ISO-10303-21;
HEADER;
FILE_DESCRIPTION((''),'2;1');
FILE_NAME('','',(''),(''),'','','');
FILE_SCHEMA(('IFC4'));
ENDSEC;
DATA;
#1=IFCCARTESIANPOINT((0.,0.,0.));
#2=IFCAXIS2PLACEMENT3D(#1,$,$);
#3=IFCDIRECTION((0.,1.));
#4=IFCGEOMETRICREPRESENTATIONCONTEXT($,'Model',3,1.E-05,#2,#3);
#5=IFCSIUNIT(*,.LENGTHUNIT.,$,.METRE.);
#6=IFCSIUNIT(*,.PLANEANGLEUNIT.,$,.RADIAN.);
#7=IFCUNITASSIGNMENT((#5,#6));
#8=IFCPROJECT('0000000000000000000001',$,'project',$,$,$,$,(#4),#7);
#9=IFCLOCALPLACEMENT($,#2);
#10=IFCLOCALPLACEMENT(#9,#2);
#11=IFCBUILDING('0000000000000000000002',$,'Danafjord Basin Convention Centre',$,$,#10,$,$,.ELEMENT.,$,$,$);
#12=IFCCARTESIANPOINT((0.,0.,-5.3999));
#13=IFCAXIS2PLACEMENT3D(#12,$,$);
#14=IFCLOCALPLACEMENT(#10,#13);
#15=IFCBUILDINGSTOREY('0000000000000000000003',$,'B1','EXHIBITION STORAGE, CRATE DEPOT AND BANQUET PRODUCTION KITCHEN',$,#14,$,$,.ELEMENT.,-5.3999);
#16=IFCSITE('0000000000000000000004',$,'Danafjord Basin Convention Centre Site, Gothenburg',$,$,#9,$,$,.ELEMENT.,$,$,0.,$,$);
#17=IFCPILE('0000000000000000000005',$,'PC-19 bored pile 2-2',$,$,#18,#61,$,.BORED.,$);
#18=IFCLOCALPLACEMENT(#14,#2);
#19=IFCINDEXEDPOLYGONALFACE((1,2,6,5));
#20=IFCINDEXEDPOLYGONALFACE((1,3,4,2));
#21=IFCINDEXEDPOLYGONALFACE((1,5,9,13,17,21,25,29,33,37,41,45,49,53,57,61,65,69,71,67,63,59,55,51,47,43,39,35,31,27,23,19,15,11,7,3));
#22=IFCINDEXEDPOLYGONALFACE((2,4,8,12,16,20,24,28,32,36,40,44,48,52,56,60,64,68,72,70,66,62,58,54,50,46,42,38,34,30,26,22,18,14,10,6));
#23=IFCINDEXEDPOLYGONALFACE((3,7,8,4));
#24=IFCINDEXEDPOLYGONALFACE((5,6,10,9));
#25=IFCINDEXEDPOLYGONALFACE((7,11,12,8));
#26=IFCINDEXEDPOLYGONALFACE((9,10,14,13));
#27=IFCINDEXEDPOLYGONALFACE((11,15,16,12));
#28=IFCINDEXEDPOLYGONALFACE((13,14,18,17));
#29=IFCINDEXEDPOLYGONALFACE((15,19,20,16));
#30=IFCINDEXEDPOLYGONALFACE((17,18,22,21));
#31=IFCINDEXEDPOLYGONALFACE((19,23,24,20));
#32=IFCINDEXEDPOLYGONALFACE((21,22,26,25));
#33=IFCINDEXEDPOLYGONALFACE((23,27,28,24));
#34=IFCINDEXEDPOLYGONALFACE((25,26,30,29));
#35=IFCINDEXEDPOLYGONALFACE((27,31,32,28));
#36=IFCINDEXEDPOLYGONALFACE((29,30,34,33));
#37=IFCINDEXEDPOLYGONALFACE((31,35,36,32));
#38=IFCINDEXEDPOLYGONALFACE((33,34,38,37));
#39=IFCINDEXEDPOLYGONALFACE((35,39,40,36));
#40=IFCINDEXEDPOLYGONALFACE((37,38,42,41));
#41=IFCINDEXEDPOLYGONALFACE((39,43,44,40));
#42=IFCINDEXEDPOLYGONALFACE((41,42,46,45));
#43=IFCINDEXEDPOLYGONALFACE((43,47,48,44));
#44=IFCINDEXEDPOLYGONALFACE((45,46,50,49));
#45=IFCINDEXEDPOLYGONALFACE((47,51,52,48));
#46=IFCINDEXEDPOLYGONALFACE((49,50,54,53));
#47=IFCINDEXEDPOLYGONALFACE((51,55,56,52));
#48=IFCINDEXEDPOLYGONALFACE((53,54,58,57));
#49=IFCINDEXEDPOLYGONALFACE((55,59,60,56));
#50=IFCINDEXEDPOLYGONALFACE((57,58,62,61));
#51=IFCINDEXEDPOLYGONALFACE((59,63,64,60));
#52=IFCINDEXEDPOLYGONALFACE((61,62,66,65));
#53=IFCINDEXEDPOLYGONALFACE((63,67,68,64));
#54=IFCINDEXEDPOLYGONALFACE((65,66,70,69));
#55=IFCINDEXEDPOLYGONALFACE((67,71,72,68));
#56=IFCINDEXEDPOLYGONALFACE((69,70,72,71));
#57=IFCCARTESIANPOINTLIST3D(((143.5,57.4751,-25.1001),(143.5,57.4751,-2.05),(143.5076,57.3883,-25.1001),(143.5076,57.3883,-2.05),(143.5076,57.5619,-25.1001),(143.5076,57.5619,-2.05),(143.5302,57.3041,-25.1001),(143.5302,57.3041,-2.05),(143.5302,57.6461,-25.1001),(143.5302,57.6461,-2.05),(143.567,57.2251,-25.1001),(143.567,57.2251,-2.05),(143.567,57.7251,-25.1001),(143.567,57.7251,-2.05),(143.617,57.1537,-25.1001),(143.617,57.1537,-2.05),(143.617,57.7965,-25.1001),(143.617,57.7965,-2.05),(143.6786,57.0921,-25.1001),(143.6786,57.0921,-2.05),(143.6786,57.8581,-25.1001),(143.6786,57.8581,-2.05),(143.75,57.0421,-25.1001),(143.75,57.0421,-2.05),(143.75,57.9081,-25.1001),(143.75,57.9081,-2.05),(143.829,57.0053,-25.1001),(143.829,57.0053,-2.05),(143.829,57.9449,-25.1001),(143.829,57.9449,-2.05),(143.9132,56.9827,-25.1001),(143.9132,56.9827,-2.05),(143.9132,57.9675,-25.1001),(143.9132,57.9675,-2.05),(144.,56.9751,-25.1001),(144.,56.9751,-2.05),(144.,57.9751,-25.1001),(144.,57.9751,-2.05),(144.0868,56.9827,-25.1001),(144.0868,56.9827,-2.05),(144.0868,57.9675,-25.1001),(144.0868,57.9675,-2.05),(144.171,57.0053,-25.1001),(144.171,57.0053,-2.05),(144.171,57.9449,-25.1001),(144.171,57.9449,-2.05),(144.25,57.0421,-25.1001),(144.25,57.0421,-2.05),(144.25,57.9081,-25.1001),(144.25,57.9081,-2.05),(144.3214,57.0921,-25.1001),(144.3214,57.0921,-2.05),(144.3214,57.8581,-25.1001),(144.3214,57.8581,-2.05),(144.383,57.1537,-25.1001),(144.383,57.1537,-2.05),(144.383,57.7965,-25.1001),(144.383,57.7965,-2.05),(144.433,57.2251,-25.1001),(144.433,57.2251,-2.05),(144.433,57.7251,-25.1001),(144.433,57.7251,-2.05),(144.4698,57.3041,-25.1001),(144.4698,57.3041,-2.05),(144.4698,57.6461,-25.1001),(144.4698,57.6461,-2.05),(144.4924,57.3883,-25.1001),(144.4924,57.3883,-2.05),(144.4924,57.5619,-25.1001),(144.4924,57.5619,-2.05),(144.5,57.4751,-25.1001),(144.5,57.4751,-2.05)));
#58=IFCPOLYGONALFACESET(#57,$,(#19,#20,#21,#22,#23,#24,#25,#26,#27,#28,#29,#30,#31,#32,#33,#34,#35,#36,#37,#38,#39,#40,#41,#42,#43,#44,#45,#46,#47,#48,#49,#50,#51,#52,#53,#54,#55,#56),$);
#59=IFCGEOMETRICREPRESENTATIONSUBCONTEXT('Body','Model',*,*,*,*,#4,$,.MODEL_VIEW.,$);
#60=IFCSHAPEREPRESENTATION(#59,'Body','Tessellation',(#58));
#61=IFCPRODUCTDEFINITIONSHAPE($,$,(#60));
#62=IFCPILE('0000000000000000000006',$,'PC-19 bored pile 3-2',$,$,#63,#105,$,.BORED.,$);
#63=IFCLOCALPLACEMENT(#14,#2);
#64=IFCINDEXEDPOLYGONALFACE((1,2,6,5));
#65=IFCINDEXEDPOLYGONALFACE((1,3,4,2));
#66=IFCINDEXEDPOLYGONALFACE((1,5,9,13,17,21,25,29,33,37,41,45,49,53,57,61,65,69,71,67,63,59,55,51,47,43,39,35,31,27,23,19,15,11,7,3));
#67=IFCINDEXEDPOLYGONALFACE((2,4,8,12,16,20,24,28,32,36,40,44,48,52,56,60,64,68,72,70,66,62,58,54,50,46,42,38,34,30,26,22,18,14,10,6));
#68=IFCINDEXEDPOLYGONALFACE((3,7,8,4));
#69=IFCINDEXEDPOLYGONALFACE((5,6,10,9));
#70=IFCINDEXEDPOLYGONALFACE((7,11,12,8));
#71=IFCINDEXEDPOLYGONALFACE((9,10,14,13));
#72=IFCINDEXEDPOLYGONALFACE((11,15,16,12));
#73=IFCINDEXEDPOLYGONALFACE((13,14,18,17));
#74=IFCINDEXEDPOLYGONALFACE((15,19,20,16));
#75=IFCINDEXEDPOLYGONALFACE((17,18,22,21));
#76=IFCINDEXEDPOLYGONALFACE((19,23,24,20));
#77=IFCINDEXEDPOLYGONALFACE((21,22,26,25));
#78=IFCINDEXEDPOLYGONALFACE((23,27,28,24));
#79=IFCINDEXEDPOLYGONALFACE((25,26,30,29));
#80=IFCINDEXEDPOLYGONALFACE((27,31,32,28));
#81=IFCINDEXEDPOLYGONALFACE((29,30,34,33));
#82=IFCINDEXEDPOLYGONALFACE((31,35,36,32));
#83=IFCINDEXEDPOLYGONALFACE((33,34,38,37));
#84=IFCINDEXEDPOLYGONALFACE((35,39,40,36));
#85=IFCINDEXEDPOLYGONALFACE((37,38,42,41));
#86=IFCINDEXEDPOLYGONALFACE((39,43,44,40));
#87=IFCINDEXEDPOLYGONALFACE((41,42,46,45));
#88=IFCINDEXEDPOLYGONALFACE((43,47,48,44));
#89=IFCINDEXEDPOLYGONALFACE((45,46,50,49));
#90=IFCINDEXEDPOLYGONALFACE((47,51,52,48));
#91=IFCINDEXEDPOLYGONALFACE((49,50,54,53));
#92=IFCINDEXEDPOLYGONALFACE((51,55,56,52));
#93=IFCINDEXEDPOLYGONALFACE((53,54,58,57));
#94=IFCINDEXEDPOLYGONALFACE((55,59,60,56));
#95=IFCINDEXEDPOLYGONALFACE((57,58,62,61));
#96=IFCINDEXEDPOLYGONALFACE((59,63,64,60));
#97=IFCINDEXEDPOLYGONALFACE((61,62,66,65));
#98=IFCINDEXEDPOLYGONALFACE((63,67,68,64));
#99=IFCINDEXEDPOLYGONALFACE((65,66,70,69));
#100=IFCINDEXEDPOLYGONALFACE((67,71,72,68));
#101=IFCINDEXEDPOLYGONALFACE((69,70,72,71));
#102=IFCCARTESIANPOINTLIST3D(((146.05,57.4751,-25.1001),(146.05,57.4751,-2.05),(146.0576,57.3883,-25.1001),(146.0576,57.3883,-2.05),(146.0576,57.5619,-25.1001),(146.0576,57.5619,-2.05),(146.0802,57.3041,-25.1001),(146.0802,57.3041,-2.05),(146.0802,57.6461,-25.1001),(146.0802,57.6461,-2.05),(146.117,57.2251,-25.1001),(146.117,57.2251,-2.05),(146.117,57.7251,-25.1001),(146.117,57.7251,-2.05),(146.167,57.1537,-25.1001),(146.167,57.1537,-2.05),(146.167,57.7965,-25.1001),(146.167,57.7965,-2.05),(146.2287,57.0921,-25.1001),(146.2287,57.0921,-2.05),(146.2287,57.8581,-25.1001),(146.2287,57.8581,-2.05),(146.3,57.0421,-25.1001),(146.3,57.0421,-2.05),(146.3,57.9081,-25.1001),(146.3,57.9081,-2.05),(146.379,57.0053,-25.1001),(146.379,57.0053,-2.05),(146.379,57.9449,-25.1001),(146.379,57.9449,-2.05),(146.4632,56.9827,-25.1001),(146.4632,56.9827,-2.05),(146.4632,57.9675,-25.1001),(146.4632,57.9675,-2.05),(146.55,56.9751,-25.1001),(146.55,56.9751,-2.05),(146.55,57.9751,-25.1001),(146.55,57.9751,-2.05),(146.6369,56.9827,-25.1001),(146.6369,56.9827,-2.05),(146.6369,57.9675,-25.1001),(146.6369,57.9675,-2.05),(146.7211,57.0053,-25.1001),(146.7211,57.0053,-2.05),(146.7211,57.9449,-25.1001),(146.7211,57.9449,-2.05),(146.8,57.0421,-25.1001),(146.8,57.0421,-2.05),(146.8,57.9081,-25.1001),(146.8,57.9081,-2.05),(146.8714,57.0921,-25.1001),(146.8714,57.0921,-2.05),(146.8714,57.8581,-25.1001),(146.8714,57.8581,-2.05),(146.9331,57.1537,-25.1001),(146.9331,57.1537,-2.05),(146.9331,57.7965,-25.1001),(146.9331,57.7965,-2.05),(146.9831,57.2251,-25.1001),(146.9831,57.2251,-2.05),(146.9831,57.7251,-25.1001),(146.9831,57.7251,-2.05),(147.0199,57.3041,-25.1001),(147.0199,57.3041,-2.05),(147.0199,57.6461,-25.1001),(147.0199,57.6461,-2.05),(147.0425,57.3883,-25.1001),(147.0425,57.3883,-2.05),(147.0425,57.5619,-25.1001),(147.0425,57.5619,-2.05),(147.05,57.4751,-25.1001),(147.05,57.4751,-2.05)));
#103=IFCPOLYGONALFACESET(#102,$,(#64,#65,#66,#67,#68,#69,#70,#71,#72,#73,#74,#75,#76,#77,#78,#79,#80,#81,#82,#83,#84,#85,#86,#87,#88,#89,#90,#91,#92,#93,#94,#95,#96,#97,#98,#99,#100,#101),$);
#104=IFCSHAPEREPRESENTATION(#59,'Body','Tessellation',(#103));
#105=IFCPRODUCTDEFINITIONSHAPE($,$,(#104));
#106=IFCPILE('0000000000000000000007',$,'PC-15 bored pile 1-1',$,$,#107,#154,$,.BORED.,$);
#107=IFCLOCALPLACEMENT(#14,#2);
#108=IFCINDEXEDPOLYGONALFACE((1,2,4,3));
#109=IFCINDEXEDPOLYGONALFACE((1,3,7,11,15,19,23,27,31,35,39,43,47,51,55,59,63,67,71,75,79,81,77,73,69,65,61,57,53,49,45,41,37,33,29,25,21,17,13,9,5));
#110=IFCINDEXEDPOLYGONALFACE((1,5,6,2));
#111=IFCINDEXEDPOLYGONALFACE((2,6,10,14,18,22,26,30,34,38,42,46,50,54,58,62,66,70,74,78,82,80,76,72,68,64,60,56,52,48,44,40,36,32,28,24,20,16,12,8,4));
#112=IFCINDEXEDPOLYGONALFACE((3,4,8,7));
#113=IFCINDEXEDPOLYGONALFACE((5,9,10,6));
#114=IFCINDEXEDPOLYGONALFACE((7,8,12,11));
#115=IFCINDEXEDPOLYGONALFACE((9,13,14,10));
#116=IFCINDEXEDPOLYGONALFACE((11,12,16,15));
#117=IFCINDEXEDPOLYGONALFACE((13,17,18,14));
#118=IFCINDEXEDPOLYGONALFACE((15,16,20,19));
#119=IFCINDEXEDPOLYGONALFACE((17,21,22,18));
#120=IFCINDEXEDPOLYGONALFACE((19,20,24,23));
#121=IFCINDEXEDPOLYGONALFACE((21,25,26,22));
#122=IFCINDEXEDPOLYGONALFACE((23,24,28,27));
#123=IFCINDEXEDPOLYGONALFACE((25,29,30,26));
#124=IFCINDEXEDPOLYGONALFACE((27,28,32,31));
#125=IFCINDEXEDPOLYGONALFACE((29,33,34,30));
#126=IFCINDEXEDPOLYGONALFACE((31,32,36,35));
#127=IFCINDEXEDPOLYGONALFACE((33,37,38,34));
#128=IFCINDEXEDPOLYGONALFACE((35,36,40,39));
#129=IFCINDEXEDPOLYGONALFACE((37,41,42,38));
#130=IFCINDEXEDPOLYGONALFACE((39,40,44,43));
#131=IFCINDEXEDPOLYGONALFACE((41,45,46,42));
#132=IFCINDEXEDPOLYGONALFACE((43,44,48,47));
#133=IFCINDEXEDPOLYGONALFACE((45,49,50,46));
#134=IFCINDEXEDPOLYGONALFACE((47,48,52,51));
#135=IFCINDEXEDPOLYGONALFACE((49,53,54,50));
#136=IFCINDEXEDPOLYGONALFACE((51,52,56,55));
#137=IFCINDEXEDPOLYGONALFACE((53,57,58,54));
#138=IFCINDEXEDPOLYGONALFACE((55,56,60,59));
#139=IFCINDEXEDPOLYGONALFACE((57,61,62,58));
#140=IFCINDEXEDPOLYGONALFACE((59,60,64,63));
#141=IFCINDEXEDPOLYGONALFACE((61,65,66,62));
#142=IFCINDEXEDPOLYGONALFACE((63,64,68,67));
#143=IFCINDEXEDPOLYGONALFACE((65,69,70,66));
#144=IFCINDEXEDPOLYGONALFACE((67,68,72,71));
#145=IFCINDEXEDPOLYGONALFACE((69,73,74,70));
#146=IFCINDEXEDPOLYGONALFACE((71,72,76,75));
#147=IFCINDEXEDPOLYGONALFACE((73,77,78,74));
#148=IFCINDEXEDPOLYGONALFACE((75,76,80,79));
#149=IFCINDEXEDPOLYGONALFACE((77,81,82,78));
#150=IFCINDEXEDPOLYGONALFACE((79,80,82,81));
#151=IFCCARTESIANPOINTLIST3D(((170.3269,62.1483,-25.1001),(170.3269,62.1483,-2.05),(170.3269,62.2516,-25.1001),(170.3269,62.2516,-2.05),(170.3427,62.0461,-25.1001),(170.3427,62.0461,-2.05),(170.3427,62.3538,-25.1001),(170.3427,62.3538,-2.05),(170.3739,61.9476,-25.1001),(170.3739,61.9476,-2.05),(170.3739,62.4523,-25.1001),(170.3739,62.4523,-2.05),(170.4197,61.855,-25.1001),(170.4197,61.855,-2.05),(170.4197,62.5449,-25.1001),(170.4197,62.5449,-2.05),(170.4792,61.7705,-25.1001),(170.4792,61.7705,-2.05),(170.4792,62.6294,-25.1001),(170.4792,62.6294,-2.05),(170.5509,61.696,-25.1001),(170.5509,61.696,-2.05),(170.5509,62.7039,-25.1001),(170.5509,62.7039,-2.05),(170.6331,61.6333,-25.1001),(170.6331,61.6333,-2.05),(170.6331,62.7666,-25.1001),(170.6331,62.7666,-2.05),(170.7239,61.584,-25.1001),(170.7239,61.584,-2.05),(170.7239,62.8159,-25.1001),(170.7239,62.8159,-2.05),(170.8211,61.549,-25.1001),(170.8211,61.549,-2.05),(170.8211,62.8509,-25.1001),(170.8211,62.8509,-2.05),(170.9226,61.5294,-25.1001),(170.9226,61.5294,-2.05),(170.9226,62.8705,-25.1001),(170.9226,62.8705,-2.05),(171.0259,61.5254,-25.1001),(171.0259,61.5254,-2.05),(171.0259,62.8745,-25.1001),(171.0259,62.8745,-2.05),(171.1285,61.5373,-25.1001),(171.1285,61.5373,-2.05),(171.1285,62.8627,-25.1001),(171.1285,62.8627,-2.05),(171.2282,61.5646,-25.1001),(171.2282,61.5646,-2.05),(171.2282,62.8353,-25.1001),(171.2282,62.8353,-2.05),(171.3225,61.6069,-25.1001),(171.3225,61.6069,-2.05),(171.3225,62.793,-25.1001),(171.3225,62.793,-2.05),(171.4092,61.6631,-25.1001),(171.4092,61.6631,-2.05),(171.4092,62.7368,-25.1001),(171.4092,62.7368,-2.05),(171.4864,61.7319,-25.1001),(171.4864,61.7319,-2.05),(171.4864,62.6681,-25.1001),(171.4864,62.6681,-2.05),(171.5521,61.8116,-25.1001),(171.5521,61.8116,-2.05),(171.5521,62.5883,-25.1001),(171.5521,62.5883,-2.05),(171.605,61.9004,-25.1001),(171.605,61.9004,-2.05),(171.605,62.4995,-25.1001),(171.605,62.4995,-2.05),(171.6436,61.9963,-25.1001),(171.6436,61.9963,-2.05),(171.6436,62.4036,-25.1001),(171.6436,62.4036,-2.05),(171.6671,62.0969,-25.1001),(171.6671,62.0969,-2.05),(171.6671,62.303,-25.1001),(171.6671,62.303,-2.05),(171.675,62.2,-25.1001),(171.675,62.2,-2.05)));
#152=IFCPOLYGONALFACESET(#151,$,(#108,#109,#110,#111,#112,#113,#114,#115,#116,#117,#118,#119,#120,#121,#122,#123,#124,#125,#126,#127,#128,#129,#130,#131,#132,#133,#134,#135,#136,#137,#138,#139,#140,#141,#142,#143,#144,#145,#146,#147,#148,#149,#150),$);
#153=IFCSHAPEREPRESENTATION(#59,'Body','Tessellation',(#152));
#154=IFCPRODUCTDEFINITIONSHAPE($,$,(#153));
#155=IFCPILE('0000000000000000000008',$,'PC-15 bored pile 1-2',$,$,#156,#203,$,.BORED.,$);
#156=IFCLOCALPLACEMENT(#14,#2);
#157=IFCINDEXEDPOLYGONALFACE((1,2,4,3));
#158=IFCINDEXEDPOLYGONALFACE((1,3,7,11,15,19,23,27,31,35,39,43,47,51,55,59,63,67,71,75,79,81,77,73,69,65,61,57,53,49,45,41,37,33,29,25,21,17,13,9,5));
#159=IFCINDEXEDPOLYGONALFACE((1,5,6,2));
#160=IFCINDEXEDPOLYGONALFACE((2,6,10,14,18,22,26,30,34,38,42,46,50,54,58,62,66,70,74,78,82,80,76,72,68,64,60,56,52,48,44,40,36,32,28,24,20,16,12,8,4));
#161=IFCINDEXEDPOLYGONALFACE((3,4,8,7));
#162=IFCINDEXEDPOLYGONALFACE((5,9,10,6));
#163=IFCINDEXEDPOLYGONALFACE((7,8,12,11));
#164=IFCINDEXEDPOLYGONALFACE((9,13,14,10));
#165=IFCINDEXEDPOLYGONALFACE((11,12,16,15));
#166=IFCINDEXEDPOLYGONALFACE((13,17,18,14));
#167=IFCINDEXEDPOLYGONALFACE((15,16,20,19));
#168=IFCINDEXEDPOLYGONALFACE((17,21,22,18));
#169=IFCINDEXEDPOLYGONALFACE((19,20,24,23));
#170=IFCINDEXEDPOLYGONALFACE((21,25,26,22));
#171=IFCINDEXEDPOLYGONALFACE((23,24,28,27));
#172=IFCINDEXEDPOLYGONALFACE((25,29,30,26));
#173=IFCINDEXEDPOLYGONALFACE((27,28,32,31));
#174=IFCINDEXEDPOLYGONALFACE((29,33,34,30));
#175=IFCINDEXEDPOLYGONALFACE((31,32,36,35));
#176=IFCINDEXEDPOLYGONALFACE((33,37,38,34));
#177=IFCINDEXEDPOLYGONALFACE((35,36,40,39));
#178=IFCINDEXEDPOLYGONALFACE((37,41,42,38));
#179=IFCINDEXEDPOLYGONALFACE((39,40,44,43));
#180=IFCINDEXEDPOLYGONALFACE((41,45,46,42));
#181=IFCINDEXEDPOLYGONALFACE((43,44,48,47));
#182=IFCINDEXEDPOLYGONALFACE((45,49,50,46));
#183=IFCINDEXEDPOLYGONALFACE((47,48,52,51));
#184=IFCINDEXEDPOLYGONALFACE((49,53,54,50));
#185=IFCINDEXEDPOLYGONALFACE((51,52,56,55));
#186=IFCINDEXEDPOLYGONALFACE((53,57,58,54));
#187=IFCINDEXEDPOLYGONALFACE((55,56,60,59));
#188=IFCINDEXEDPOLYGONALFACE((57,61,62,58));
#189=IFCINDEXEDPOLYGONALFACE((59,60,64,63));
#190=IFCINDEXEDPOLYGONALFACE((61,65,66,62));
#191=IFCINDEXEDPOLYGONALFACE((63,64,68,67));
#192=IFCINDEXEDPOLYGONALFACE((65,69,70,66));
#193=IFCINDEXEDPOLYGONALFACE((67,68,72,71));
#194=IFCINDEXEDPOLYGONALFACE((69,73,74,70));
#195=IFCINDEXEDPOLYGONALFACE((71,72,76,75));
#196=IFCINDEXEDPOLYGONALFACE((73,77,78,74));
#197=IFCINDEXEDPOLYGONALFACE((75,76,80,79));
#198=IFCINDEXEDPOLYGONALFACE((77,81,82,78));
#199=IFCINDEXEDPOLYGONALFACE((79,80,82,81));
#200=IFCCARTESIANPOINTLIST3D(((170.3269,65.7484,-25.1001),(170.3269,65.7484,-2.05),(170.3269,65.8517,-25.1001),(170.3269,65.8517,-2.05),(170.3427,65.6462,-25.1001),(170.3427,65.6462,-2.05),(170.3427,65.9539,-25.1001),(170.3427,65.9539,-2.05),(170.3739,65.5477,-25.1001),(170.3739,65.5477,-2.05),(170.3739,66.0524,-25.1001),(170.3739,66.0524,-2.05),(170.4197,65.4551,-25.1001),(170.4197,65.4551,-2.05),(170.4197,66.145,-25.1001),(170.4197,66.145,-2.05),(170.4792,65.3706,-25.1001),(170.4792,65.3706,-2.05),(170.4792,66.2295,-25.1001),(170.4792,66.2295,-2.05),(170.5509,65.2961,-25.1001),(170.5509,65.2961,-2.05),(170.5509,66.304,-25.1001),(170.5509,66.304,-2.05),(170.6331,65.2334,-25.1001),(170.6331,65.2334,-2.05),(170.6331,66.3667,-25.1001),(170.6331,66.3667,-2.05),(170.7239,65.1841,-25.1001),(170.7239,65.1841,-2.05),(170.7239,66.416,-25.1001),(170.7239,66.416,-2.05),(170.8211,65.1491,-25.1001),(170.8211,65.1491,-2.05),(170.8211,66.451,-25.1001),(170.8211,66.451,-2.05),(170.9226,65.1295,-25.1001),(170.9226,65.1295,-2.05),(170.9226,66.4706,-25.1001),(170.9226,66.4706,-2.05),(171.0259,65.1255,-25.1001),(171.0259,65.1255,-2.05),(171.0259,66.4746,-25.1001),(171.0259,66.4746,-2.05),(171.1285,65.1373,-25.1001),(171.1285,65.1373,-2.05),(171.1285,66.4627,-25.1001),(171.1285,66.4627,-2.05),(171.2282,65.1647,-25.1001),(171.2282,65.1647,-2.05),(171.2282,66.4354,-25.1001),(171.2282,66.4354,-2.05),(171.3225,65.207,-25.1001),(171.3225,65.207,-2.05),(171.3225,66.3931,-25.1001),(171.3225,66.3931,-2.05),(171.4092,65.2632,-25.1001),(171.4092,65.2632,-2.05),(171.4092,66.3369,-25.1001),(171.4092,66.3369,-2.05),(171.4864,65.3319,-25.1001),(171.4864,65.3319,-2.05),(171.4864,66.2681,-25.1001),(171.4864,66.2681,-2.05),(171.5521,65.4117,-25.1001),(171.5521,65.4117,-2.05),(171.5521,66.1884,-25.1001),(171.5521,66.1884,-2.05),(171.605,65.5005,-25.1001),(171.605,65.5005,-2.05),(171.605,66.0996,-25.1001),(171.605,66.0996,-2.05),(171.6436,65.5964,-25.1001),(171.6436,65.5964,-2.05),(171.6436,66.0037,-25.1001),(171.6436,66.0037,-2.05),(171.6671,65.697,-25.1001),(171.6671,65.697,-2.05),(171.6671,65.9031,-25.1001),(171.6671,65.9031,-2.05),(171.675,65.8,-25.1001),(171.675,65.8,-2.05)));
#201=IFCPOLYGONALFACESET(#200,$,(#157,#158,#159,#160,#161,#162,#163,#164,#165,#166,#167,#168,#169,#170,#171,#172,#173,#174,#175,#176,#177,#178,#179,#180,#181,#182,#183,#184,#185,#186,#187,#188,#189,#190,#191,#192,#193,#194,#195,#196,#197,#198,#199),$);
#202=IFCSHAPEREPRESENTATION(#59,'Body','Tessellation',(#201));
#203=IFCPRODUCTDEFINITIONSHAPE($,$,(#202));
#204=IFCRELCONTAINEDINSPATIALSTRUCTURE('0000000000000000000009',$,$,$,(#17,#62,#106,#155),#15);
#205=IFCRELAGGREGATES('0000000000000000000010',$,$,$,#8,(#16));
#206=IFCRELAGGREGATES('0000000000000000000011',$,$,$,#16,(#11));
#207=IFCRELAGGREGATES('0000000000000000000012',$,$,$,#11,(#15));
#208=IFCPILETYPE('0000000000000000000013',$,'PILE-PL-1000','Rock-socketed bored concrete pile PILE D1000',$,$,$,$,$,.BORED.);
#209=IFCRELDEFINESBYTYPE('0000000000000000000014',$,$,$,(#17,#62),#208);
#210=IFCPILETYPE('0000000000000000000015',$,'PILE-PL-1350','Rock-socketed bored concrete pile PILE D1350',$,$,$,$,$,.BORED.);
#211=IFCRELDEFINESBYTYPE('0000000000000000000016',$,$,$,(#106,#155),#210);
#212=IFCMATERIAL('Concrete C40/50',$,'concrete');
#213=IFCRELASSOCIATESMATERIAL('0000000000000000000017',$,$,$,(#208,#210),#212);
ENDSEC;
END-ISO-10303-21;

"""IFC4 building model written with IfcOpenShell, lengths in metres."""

from ifc_helpers import new_model, si_unit, direction, frame, origin, origin_2d, place, context, subcontext, project, spatial, circle, extrude, material, material_profile, profile_set, type_object, element, save


model = new_model("IFC4")

# Units and contexts
model_context = context("Model", 3, precision=1e-05, world=origin(), true_north=direction((0.0, 1.0)))
body_context = subcontext(model_context, "Body", "Model", "MODEL_VIEW")
ifc_project = project(units=[si_unit("LENGTHUNIT", "METRE"), si_unit("PLANEANGLEUNIT", "RADIAN")], contexts=[model_context])

# Site, building, storey
site_placement = place(None, origin())
site = spatial("IfcSite", under=ifc_project, at=site_placement, Name="Danafjord Basin Convention Centre Site, Gothenburg", CompositionType="ELEMENT", RefElevation=0.0)
building_placement = place(site_placement, origin())
building = spatial("IfcBuilding", under=site, at=building_placement, Name="Danafjord Basin Convention Centre", CompositionType="ELEMENT")
storey_placement = place(building_placement, frame((0.0, 0.0, -5.3999)))
storey = spatial("IfcBuildingStorey", under=building, at=storey_placement, Name="B1", Description="EXHIBITION STORAGE, CRATE DEPOT AND BANQUET PRODUCTION KITCHEN", CompositionType="ELEMENT", Elevation=-5.3999)

# Shared definitions
ifc_material_1 = material(Name="Concrete C40/50", Category="concrete")

# Piles
ifc_material_profile_1 = material_profile(ifc_material_1, circle(Radius=0.5, at=origin_2d()), Name="PILE D1000")
ifc_profile_set_1 = profile_set([ifc_material_profile_1], Name="Concrete C40/50")
pile_type_1 = type_object("IfcPileType", Name="PILE-PL-1000", Description="Rock-socketed bored concrete pile PILE D1000", PredefinedType="BORED", material=ifc_profile_set_1)
for number, where, z_axis, x_axis, name in (
    (1, (144.0, 57.4751, -2.05), (0.0, 0.0, -1.0), (1.0, 0.0, 0.0), "PC-19 bored pile 2-2"),
    (2, (146.55, 57.4751, -2.05), (0.0, 0.0, -1.0), (1.0, 0.0, 0.0), "PC-19 bored pile 3-2"),
):
    element("IfcPile", number, at=place(storey_placement, frame(where, z_axis=z_axis, x_axis=x_axis)), inside=storey, type_object=pile_type_1, Name=name, PredefinedType="BORED", context=body_context, shape_type="SweptSolid", body=[
        extrude(circle(Radius=0.5, at=origin_2d()), origin(), (0.0, 0.0, 1.0), 23.05),
    ])
ifc_material_profile_2 = material_profile(ifc_material_1, circle(Radius=0.675, at=origin_2d()), Name="PILE D1350")
ifc_profile_set_2 = profile_set([ifc_material_profile_2], Name="Concrete C40/50")
pile_type_2 = type_object("IfcPileType", Name="PILE-PL-1350", Description="Rock-socketed bored concrete pile PILE D1350", PredefinedType="BORED", material=ifc_profile_set_2)
for number, where, z_axis, x_axis, name in (
    (3, (171.0, 62.2, -2.05), (0.0, 0.0, -1.0), (1.0, 0.0, 0.0), "PC-15 bored pile 1-1"),
    (4, (171.0, 65.8, -2.05), (0.0, 0.0, -1.0), (1.0, 0.0, 0.0), "PC-15 bored pile 1-2"),
):
    element("IfcPile", number, at=place(storey_placement, frame(where, z_axis=z_axis, x_axis=x_axis)), inside=storey, type_object=pile_type_2, Name=name, PredefinedType="BORED", context=body_context, shape_type="SweptSolid", body=[
        extrude(circle(Radius=0.675, at=origin_2d()), origin(), (0.0, 0.0, 1.0), 23.05),
    ])

save(model, "model.ifc")
